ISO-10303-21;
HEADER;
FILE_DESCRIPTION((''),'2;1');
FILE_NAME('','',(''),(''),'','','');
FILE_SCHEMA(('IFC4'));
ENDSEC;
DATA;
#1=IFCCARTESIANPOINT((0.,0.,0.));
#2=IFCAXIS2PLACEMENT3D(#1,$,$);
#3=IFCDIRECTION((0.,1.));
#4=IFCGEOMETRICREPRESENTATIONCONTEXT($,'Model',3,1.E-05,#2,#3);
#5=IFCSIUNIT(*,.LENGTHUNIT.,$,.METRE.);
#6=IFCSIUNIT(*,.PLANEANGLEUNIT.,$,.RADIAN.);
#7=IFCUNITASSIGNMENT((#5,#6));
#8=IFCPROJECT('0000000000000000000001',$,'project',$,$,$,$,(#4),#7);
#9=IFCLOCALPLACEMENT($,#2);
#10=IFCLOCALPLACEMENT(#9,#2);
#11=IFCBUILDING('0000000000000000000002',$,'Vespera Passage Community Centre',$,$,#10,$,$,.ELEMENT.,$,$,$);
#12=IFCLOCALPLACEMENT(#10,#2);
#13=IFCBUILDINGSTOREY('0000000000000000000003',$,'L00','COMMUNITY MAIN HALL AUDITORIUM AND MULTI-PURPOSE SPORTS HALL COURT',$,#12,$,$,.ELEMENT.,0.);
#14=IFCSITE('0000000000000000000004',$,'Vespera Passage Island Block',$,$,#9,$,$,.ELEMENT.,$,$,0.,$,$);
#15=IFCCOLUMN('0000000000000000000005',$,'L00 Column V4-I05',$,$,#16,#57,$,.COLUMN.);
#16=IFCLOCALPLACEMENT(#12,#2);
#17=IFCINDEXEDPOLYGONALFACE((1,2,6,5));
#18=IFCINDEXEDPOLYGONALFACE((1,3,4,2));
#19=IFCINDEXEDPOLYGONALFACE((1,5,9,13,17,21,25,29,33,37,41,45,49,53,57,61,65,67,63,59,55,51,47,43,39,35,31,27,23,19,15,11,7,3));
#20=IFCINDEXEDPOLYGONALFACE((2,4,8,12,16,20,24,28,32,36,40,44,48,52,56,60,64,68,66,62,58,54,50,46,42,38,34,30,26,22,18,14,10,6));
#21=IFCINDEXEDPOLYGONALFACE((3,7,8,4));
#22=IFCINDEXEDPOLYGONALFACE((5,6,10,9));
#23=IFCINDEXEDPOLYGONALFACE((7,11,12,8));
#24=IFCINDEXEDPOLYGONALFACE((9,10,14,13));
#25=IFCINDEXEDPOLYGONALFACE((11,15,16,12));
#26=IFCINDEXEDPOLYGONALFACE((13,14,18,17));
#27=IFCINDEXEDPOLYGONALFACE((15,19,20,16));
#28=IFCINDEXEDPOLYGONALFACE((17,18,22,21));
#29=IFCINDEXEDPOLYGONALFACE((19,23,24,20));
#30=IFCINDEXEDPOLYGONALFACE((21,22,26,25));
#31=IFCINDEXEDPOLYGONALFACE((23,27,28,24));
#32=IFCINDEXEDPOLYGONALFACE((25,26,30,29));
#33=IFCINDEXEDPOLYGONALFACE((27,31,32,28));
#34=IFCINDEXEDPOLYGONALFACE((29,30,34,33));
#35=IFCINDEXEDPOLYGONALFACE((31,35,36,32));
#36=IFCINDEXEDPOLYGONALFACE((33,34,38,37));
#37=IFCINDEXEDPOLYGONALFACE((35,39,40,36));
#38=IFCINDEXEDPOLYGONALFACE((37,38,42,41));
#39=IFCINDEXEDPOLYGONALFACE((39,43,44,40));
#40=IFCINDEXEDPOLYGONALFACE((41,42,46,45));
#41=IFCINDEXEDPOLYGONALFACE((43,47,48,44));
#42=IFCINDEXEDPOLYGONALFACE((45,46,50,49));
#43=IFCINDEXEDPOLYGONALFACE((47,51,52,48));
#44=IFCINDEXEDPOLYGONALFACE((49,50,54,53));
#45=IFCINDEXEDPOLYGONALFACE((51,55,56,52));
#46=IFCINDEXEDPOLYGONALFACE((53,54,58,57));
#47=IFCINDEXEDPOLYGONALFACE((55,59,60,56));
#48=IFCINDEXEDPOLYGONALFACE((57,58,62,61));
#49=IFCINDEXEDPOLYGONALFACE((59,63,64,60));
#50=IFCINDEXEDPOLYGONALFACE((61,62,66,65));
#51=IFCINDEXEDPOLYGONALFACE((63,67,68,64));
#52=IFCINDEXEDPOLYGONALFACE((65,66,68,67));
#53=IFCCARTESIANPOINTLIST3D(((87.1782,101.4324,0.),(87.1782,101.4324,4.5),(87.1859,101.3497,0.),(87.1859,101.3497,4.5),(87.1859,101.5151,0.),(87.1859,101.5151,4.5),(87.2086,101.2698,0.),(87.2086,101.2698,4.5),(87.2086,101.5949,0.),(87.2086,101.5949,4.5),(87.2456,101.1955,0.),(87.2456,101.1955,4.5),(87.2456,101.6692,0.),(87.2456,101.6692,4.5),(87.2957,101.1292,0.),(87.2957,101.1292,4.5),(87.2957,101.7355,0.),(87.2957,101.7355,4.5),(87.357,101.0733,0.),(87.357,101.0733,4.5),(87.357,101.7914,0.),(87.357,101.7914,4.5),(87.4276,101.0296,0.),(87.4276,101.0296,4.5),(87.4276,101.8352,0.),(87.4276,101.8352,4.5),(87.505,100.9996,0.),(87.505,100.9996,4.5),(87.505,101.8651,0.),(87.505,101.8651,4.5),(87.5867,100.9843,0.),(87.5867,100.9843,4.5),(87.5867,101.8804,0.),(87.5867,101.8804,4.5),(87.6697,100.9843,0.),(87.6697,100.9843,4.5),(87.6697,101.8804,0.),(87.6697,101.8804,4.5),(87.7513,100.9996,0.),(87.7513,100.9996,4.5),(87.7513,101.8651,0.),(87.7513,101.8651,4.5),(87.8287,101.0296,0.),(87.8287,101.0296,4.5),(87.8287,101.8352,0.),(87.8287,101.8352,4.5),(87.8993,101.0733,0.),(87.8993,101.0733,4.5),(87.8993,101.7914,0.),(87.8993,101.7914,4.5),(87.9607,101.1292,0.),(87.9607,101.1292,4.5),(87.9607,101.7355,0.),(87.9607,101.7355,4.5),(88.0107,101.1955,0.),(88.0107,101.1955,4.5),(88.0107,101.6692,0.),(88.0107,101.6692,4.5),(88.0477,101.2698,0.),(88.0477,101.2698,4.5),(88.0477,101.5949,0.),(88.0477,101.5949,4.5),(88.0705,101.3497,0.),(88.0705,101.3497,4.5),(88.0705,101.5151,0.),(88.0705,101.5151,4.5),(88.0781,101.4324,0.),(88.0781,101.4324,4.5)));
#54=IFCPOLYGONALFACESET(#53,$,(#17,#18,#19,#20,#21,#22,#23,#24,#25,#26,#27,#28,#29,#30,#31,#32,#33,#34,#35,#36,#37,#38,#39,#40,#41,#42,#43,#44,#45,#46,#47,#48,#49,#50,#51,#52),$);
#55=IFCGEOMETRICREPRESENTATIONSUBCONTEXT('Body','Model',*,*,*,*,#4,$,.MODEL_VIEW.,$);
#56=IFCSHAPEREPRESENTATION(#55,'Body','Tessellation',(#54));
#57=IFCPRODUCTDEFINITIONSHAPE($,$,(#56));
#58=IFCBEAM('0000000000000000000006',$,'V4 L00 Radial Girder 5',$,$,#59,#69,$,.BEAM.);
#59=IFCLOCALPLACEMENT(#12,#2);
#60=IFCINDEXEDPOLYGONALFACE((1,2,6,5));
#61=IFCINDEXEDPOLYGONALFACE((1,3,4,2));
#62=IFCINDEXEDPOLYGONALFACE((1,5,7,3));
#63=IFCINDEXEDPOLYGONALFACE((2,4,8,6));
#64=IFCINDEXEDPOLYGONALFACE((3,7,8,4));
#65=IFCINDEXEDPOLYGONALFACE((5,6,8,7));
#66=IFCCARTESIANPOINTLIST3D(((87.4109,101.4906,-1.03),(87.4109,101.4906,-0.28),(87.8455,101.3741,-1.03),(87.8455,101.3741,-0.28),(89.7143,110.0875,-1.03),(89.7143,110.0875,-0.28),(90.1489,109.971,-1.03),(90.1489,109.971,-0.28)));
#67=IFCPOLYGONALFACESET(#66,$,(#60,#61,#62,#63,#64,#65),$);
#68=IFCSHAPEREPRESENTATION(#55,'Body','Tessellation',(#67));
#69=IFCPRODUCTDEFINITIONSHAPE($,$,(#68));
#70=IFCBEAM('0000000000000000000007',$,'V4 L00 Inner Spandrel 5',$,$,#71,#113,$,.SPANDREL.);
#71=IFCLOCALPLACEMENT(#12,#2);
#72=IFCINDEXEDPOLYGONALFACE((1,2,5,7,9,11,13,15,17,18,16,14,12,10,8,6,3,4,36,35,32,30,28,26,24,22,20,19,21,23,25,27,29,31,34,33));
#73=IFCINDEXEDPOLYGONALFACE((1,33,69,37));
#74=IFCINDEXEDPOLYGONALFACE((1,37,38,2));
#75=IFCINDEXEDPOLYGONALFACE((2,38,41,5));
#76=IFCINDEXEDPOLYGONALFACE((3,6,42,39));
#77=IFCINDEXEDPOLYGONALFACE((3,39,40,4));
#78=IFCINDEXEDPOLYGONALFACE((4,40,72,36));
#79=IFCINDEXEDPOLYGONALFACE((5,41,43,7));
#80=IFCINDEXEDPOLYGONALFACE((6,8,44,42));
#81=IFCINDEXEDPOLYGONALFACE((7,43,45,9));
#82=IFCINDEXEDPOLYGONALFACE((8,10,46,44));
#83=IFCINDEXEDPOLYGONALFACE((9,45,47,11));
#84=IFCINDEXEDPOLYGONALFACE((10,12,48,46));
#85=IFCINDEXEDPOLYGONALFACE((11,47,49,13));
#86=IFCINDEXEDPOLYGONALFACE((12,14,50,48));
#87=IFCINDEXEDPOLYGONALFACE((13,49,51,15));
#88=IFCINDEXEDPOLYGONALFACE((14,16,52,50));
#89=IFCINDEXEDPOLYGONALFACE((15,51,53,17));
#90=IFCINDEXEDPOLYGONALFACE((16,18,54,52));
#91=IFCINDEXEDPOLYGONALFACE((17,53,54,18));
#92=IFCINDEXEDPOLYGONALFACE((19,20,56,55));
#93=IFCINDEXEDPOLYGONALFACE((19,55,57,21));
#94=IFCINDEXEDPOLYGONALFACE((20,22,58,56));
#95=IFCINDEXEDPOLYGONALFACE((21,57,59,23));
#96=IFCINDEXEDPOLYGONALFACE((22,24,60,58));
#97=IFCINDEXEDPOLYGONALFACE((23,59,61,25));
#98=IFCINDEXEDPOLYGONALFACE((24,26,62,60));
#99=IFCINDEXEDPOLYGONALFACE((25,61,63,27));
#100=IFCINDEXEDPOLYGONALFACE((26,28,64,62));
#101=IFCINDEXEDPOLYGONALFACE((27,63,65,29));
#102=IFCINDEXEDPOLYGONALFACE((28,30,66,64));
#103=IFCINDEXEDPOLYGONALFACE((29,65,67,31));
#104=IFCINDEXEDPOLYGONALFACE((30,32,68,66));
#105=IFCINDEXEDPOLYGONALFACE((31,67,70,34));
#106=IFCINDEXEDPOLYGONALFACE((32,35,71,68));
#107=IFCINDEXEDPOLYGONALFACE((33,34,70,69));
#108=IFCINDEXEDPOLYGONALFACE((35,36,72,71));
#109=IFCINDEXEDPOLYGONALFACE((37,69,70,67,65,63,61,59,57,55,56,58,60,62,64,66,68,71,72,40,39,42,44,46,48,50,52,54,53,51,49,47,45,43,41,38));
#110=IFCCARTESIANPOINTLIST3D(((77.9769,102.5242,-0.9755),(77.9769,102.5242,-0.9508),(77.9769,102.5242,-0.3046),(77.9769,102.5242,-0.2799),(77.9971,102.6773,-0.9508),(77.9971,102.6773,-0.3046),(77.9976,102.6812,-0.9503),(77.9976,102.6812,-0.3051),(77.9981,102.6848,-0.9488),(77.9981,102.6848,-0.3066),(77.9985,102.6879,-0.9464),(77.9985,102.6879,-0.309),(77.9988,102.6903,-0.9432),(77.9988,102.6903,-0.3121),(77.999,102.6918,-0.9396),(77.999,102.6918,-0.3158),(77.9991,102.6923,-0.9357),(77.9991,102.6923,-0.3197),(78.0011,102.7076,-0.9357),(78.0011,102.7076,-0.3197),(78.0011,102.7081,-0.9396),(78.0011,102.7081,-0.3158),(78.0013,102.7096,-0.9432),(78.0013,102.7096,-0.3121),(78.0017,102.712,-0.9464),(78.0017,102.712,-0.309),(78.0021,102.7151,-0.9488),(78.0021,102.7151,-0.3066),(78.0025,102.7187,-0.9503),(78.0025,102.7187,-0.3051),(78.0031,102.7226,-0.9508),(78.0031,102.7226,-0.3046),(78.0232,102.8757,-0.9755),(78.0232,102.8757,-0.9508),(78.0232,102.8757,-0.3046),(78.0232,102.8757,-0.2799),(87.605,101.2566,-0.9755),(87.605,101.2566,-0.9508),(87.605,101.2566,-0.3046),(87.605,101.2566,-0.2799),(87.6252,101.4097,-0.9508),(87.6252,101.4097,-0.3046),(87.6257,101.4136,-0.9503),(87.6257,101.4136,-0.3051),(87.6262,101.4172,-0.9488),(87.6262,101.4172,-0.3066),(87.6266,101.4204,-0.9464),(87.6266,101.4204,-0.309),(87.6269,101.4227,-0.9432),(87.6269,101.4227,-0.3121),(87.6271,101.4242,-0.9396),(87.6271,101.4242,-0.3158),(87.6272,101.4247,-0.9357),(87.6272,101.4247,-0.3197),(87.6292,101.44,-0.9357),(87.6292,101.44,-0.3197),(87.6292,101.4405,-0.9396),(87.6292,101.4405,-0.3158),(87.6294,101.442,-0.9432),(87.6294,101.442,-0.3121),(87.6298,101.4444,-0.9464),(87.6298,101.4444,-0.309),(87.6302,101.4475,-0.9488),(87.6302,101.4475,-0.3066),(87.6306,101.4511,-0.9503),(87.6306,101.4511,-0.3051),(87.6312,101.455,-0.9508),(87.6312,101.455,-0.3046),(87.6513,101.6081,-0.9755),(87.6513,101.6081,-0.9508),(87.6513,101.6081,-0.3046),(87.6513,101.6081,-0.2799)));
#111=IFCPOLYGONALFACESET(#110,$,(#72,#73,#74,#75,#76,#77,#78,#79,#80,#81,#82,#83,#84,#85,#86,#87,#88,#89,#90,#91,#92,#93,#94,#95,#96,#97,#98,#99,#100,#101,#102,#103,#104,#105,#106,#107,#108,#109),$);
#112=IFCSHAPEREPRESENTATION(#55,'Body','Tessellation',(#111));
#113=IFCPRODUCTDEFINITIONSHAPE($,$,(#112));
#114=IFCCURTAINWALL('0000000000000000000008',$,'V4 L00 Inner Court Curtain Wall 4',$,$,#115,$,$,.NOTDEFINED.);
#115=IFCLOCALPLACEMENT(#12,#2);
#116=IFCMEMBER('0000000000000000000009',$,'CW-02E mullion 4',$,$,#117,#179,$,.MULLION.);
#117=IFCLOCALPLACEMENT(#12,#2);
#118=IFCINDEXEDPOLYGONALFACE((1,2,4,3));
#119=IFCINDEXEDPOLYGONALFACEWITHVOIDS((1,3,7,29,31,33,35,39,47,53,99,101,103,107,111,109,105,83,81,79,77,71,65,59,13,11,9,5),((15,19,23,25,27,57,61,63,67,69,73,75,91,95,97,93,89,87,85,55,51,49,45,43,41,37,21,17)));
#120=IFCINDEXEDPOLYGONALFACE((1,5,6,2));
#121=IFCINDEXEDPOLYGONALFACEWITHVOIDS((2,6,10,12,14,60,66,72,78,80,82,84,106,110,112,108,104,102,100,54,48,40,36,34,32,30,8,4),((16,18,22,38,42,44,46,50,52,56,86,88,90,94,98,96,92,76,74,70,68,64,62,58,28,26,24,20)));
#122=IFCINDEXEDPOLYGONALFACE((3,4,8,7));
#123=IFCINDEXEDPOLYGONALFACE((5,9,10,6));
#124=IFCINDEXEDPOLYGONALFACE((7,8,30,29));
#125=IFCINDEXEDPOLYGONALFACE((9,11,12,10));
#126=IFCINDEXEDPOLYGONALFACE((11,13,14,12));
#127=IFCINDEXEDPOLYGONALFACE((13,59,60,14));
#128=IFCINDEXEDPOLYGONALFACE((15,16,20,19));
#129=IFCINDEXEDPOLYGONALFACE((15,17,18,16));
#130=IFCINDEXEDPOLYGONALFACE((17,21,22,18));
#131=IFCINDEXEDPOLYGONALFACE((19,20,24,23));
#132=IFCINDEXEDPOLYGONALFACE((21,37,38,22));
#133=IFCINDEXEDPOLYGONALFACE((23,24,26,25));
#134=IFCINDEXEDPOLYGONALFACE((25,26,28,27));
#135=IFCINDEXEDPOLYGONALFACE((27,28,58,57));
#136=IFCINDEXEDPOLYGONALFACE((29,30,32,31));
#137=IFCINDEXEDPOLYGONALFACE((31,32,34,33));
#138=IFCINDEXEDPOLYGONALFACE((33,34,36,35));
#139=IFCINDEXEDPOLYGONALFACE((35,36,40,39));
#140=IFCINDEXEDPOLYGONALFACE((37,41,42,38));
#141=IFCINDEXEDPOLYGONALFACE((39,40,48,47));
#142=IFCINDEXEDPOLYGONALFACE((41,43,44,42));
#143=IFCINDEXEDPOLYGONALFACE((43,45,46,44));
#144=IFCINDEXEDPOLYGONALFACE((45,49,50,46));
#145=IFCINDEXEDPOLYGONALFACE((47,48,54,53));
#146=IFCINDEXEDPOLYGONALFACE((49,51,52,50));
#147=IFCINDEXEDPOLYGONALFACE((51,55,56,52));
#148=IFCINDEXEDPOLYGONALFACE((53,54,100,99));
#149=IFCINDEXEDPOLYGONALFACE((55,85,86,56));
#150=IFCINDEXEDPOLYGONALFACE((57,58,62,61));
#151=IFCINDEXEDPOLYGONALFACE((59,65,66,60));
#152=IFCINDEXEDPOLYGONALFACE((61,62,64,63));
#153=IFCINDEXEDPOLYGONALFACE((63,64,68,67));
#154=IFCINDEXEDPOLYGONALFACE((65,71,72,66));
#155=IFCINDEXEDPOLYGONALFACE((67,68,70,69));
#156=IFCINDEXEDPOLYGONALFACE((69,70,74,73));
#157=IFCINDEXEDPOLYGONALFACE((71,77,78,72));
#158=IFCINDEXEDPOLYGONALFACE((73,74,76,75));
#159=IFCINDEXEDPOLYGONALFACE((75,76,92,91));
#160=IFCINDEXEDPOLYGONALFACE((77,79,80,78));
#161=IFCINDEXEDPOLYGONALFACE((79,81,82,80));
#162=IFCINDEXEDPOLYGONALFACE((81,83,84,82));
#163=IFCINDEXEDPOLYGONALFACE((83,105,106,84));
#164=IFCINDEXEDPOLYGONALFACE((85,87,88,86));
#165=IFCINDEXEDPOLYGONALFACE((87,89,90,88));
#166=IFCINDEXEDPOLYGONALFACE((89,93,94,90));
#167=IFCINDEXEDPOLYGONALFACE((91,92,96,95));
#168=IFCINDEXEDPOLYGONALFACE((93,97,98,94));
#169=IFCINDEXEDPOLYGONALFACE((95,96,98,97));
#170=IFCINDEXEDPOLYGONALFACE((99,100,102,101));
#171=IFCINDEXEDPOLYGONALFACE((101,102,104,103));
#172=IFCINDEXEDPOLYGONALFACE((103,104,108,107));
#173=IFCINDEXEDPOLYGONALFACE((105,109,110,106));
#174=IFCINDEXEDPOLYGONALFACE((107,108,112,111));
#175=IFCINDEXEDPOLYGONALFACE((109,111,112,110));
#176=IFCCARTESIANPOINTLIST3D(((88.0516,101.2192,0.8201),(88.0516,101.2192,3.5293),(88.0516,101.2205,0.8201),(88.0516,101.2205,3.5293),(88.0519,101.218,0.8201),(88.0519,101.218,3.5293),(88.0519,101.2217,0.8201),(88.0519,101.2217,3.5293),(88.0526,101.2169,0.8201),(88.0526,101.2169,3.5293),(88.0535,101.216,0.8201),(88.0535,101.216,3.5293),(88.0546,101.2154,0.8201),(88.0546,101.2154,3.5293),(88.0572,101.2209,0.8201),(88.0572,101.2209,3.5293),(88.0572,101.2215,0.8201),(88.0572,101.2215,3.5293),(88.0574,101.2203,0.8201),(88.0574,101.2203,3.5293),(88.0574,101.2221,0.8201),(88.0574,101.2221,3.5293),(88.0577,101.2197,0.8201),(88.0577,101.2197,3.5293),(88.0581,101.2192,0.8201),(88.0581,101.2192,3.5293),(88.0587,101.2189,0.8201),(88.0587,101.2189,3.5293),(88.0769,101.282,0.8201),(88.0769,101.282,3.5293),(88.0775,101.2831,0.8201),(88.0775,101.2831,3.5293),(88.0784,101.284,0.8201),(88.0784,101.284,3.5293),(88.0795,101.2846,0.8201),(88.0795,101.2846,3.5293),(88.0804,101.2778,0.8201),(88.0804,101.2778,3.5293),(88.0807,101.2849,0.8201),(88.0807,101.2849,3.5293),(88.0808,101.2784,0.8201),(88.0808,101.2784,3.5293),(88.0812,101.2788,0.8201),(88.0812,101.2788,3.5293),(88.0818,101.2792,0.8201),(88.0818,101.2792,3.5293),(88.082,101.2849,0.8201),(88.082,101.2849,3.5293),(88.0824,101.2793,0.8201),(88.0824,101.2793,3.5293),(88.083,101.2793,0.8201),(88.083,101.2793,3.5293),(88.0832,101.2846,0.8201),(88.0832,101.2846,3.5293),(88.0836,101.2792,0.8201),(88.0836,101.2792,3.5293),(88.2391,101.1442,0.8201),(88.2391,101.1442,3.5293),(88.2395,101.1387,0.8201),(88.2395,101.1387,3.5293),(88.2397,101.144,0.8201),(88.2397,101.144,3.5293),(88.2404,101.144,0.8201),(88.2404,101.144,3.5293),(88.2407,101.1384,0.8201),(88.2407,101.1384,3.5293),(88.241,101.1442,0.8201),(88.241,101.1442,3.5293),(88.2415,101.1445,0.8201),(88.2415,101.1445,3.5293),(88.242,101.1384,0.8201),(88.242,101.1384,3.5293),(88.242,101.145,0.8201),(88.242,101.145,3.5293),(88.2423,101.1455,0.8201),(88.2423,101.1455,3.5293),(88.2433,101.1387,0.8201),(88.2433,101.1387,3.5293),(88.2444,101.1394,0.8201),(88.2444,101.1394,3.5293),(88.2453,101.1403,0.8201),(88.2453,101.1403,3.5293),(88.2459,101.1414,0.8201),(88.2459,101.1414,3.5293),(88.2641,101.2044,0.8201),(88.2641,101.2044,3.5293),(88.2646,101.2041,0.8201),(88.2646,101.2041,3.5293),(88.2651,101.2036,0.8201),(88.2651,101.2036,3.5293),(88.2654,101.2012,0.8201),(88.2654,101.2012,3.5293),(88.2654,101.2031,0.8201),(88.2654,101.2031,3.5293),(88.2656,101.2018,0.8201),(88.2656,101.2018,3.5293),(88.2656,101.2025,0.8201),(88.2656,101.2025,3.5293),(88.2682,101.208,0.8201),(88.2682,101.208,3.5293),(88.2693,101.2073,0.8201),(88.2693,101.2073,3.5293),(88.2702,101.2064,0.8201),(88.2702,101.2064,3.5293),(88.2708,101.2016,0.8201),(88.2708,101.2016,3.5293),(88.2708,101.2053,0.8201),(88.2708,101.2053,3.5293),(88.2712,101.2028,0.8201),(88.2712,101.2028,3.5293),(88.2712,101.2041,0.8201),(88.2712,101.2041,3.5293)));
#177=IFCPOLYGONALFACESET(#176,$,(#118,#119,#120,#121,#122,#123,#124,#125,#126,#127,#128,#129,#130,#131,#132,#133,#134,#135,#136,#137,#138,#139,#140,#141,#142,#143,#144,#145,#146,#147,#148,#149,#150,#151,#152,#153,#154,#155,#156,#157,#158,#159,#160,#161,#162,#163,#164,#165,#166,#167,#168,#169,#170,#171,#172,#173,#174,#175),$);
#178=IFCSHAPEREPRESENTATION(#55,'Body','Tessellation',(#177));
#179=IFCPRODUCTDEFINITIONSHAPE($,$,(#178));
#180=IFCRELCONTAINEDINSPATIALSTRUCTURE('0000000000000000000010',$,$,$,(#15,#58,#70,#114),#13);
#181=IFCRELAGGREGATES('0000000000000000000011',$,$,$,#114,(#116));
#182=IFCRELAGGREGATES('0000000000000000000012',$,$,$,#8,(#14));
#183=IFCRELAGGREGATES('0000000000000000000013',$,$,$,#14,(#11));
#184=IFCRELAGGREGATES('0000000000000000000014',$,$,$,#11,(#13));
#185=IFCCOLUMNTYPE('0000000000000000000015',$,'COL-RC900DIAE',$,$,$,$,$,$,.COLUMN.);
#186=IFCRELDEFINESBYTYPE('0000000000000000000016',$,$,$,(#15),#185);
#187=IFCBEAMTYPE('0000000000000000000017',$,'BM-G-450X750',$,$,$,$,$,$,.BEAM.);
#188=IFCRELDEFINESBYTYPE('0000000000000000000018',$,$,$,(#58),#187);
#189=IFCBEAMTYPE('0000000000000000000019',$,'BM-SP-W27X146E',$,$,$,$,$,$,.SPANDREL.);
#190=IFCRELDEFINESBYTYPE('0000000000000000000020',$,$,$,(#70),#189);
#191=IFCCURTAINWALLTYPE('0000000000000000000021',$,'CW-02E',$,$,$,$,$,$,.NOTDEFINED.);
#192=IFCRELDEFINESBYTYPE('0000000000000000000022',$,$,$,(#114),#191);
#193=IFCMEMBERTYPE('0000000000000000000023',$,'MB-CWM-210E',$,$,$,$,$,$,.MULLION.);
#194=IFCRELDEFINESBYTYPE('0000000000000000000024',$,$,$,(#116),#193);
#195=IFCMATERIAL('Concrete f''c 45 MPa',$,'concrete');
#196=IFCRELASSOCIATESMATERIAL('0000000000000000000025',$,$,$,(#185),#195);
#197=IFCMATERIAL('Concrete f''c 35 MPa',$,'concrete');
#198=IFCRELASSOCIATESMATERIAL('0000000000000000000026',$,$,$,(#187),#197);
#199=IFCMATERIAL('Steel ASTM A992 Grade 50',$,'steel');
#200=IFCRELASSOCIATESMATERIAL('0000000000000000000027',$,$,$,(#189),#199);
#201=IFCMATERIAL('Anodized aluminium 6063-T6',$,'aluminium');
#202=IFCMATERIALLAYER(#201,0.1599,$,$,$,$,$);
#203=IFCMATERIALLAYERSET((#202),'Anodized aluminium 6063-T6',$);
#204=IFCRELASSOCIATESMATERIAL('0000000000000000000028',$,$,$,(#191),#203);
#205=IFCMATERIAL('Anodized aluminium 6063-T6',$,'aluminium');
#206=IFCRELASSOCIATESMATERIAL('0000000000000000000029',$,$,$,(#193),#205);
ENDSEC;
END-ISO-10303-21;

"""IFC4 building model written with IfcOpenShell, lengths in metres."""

from ifc_helpers import new_model, si_unit, direction, frame, origin, origin_2d, place, context, subcontext, project, spatial, rectangle, hollow_rectangle, circle, i_section, extrude, material, layer, layer_set, material_profile, profile_set, type_object, element, aggregate, save


model = new_model("IFC4")

# Units and contexts
model_context = context("Model", 3, precision=1e-05, world=origin(), true_north=direction((0.0, 1.0)))
body_context = subcontext(model_context, "Body", "Model", "MODEL_VIEW")
ifc_project = project(units=[si_unit("LENGTHUNIT", "METRE"), si_unit("PLANEANGLEUNIT", "RADIAN")], contexts=[model_context])

# Site, building, storey
site_placement = place(None, origin())
site = spatial("IfcSite", under=ifc_project, at=site_placement, Name="Vespera Passage Island Block", CompositionType="ELEMENT", RefElevation=0.0)
building_placement = place(site_placement, origin())
building = spatial("IfcBuilding", under=site, at=building_placement, Name="Vespera Passage Community Centre", CompositionType="ELEMENT")
storey_placement = place(building_placement, origin())
storey = spatial("IfcBuildingStorey", under=building, at=storey_placement, Name="L00", Description="COMMUNITY MAIN HALL AUDITORIUM AND MULTI-PURPOSE SPORTS HALL COURT", CompositionType="ELEMENT", Elevation=0.0)

# Column
ifc_material_1 = material(Name="Concrete f'c 45 MPa", Category="concrete")
ifc_material_profile_1 = material_profile(ifc_material_1, circle(Radius=0.45, at=origin_2d()), Name="RC900DIA")
ifc_profile_set_1 = profile_set([ifc_material_profile_1], Name="Concrete f'c 45 MPa")
column_type = type_object("IfcColumnType", Name="COL-RC900DIAE", PredefinedType="COLUMN", material=ifc_profile_set_1)
column_placement = place(storey_placement, frame((87.6282, 101.4324, 0.0), z_axis=(0.0, 0.0, 1.0), x_axis=(1.0, 0.0, 0.0)))
element("IfcColumn", 1, at=column_placement, inside=storey, type_object=column_type, Name="L00 Column V4-I05", PredefinedType="COLUMN", context=body_context, shape_type="SweptSolid", body=[
    extrude(circle(Radius=0.45, at=origin_2d()), origin(), (0.0, 0.0, 1.0), 4.5),
])

# Beams
ifc_material_2 = material(Name="Concrete f'c 35 MPa", Category="concrete")
ifc_material_profile_2 = material_profile(ifc_material_2, rectangle(XDim=0.45, YDim=0.75, at=origin_2d()), Name="RC450X750")
ifc_profile_set_2 = profile_set([ifc_material_profile_2], Name="Concrete f'c 35 MPa")
beam_type_1 = type_object("IfcBeamType", Name="BM-G-450X750", PredefinedType="BEAM", material=ifc_profile_set_2)
beam_1_placement = place(storey_placement, frame((87.6282, 101.4324, -0.655), z_axis=(0.258811, 0.965928, 0.0), x_axis=(-0.965928, 0.258811, 0.0)))
element("IfcBeam", 2, at=beam_1_placement, inside=storey, type_object=beam_type_1, Name="V4 L00 Radial Girder 5", PredefinedType="BEAM", context=body_context, shape_type="SweptSolid", body=[
    extrude(rectangle(XDim=0.45, YDim=0.75, at=origin_2d()), origin(), (0.0, 0.0, 1.0), 8.9001),
])
ifc_material_3 = material(Name="Steel ASTM A992 Grade 50", Category="steel")
ifc_material_profile_3 = material_profile(ifc_material_3, i_section(OverallWidth=0.3545, OverallDepth=0.6956, WebThickness=0.0154, FlangeThickness=0.0247, FilletRadius=0.0151, at=origin_2d()), Name="W27X146")
ifc_profile_set_3 = profile_set([ifc_material_profile_3], Name="Steel ASTM A992 Grade 50")
beam_type_2 = type_object("IfcBeamType", Name="BM-SP-W27X146E", PredefinedType="SPANDREL", material=ifc_profile_set_3)
beam_2_placement = place(storey_placement, frame((87.6282, 101.4324, -0.6277), z_axis=(-0.991445, 0.130527, 0.0), x_axis=(-0.130527, -0.991445, 0.0)))
element("IfcBeam", 3, at=beam_2_placement, inside=storey, type_object=beam_type_2, Name="V4 L00 Inner Spandrel 5", PredefinedType="SPANDREL", context=body_context, shape_type="SweptSolid", body=[
    extrude(i_section(OverallWidth=0.3545, OverallDepth=0.6956, WebThickness=0.0154, FlangeThickness=0.0247, FilletRadius=0.0151, at=origin_2d()), origin(), (0.0, 0.0, 1.0), 9.7112),
])

# Curtain wall, member
ifc_material_4 = material(Name="Anodized aluminium 6063-T6", Category="aluminium")
ifc_layer_1 = layer(ifc_material_4, 0.1599)
ifc_layer_set_1 = layer_set([ifc_layer_1], Name="Anodized aluminium 6063-T6")
curtain_wall_type = type_object("IfcCurtainWallType", Name="CW-02E", PredefinedType="NOTDEFINED", material=ifc_layer_set_1)
curtain_wall_placement = place(storey_placement, origin())
curtain_wall = element("IfcCurtainWall", 4, at=curtain_wall_placement, inside=storey, type_object=curtain_wall_type, Name="V4 L00 Inner Court Curtain Wall 4", PredefinedType="NOTDEFINED")
ifc_material_5 = material(Name="Anodized aluminium 6063-T6", Category="aluminium")
ifc_material_profile_4 = material_profile(ifc_material_5, hollow_rectangle(XDim=0.075, YDim=0.21, WallThickness=0.0049, InnerFilletRadius=0.0024, OuterFilletRadius=0.0049, at=origin_2d()), Name="ALU210X75X5")
ifc_profile_set_4 = profile_set([ifc_material_profile_4], Name="Anodized aluminium 6063-T6")
member_type_1 = type_object("IfcMemberType", Name="MB-CWM-210E", PredefinedType="MULLION", material=ifc_profile_set_4)
member_1_placement = place(storey_placement, frame((88.1614, 101.2117, 0.8201), z_axis=(0.0, 0.0, 1.0), x_axis=(-0.38269, -0.923877, 0.0)))
member_1 = element("IfcMember", 5, at=member_1_placement, type_object=member_type_1, Name="CW-02E mullion 4", PredefinedType="MULLION", context=body_context, shape_type="SweptSolid", body=[
    extrude(hollow_rectangle(XDim=0.075, YDim=0.21, WallThickness=0.0049, InnerFilletRadius=0.0024, OuterFilletRadius=0.0049, at=origin_2d()), origin(), (0.0, 0.0, 1.0), 2.7092),
])
aggregate(curtain_wall, [member_1])

save(model, "model.ifc")
